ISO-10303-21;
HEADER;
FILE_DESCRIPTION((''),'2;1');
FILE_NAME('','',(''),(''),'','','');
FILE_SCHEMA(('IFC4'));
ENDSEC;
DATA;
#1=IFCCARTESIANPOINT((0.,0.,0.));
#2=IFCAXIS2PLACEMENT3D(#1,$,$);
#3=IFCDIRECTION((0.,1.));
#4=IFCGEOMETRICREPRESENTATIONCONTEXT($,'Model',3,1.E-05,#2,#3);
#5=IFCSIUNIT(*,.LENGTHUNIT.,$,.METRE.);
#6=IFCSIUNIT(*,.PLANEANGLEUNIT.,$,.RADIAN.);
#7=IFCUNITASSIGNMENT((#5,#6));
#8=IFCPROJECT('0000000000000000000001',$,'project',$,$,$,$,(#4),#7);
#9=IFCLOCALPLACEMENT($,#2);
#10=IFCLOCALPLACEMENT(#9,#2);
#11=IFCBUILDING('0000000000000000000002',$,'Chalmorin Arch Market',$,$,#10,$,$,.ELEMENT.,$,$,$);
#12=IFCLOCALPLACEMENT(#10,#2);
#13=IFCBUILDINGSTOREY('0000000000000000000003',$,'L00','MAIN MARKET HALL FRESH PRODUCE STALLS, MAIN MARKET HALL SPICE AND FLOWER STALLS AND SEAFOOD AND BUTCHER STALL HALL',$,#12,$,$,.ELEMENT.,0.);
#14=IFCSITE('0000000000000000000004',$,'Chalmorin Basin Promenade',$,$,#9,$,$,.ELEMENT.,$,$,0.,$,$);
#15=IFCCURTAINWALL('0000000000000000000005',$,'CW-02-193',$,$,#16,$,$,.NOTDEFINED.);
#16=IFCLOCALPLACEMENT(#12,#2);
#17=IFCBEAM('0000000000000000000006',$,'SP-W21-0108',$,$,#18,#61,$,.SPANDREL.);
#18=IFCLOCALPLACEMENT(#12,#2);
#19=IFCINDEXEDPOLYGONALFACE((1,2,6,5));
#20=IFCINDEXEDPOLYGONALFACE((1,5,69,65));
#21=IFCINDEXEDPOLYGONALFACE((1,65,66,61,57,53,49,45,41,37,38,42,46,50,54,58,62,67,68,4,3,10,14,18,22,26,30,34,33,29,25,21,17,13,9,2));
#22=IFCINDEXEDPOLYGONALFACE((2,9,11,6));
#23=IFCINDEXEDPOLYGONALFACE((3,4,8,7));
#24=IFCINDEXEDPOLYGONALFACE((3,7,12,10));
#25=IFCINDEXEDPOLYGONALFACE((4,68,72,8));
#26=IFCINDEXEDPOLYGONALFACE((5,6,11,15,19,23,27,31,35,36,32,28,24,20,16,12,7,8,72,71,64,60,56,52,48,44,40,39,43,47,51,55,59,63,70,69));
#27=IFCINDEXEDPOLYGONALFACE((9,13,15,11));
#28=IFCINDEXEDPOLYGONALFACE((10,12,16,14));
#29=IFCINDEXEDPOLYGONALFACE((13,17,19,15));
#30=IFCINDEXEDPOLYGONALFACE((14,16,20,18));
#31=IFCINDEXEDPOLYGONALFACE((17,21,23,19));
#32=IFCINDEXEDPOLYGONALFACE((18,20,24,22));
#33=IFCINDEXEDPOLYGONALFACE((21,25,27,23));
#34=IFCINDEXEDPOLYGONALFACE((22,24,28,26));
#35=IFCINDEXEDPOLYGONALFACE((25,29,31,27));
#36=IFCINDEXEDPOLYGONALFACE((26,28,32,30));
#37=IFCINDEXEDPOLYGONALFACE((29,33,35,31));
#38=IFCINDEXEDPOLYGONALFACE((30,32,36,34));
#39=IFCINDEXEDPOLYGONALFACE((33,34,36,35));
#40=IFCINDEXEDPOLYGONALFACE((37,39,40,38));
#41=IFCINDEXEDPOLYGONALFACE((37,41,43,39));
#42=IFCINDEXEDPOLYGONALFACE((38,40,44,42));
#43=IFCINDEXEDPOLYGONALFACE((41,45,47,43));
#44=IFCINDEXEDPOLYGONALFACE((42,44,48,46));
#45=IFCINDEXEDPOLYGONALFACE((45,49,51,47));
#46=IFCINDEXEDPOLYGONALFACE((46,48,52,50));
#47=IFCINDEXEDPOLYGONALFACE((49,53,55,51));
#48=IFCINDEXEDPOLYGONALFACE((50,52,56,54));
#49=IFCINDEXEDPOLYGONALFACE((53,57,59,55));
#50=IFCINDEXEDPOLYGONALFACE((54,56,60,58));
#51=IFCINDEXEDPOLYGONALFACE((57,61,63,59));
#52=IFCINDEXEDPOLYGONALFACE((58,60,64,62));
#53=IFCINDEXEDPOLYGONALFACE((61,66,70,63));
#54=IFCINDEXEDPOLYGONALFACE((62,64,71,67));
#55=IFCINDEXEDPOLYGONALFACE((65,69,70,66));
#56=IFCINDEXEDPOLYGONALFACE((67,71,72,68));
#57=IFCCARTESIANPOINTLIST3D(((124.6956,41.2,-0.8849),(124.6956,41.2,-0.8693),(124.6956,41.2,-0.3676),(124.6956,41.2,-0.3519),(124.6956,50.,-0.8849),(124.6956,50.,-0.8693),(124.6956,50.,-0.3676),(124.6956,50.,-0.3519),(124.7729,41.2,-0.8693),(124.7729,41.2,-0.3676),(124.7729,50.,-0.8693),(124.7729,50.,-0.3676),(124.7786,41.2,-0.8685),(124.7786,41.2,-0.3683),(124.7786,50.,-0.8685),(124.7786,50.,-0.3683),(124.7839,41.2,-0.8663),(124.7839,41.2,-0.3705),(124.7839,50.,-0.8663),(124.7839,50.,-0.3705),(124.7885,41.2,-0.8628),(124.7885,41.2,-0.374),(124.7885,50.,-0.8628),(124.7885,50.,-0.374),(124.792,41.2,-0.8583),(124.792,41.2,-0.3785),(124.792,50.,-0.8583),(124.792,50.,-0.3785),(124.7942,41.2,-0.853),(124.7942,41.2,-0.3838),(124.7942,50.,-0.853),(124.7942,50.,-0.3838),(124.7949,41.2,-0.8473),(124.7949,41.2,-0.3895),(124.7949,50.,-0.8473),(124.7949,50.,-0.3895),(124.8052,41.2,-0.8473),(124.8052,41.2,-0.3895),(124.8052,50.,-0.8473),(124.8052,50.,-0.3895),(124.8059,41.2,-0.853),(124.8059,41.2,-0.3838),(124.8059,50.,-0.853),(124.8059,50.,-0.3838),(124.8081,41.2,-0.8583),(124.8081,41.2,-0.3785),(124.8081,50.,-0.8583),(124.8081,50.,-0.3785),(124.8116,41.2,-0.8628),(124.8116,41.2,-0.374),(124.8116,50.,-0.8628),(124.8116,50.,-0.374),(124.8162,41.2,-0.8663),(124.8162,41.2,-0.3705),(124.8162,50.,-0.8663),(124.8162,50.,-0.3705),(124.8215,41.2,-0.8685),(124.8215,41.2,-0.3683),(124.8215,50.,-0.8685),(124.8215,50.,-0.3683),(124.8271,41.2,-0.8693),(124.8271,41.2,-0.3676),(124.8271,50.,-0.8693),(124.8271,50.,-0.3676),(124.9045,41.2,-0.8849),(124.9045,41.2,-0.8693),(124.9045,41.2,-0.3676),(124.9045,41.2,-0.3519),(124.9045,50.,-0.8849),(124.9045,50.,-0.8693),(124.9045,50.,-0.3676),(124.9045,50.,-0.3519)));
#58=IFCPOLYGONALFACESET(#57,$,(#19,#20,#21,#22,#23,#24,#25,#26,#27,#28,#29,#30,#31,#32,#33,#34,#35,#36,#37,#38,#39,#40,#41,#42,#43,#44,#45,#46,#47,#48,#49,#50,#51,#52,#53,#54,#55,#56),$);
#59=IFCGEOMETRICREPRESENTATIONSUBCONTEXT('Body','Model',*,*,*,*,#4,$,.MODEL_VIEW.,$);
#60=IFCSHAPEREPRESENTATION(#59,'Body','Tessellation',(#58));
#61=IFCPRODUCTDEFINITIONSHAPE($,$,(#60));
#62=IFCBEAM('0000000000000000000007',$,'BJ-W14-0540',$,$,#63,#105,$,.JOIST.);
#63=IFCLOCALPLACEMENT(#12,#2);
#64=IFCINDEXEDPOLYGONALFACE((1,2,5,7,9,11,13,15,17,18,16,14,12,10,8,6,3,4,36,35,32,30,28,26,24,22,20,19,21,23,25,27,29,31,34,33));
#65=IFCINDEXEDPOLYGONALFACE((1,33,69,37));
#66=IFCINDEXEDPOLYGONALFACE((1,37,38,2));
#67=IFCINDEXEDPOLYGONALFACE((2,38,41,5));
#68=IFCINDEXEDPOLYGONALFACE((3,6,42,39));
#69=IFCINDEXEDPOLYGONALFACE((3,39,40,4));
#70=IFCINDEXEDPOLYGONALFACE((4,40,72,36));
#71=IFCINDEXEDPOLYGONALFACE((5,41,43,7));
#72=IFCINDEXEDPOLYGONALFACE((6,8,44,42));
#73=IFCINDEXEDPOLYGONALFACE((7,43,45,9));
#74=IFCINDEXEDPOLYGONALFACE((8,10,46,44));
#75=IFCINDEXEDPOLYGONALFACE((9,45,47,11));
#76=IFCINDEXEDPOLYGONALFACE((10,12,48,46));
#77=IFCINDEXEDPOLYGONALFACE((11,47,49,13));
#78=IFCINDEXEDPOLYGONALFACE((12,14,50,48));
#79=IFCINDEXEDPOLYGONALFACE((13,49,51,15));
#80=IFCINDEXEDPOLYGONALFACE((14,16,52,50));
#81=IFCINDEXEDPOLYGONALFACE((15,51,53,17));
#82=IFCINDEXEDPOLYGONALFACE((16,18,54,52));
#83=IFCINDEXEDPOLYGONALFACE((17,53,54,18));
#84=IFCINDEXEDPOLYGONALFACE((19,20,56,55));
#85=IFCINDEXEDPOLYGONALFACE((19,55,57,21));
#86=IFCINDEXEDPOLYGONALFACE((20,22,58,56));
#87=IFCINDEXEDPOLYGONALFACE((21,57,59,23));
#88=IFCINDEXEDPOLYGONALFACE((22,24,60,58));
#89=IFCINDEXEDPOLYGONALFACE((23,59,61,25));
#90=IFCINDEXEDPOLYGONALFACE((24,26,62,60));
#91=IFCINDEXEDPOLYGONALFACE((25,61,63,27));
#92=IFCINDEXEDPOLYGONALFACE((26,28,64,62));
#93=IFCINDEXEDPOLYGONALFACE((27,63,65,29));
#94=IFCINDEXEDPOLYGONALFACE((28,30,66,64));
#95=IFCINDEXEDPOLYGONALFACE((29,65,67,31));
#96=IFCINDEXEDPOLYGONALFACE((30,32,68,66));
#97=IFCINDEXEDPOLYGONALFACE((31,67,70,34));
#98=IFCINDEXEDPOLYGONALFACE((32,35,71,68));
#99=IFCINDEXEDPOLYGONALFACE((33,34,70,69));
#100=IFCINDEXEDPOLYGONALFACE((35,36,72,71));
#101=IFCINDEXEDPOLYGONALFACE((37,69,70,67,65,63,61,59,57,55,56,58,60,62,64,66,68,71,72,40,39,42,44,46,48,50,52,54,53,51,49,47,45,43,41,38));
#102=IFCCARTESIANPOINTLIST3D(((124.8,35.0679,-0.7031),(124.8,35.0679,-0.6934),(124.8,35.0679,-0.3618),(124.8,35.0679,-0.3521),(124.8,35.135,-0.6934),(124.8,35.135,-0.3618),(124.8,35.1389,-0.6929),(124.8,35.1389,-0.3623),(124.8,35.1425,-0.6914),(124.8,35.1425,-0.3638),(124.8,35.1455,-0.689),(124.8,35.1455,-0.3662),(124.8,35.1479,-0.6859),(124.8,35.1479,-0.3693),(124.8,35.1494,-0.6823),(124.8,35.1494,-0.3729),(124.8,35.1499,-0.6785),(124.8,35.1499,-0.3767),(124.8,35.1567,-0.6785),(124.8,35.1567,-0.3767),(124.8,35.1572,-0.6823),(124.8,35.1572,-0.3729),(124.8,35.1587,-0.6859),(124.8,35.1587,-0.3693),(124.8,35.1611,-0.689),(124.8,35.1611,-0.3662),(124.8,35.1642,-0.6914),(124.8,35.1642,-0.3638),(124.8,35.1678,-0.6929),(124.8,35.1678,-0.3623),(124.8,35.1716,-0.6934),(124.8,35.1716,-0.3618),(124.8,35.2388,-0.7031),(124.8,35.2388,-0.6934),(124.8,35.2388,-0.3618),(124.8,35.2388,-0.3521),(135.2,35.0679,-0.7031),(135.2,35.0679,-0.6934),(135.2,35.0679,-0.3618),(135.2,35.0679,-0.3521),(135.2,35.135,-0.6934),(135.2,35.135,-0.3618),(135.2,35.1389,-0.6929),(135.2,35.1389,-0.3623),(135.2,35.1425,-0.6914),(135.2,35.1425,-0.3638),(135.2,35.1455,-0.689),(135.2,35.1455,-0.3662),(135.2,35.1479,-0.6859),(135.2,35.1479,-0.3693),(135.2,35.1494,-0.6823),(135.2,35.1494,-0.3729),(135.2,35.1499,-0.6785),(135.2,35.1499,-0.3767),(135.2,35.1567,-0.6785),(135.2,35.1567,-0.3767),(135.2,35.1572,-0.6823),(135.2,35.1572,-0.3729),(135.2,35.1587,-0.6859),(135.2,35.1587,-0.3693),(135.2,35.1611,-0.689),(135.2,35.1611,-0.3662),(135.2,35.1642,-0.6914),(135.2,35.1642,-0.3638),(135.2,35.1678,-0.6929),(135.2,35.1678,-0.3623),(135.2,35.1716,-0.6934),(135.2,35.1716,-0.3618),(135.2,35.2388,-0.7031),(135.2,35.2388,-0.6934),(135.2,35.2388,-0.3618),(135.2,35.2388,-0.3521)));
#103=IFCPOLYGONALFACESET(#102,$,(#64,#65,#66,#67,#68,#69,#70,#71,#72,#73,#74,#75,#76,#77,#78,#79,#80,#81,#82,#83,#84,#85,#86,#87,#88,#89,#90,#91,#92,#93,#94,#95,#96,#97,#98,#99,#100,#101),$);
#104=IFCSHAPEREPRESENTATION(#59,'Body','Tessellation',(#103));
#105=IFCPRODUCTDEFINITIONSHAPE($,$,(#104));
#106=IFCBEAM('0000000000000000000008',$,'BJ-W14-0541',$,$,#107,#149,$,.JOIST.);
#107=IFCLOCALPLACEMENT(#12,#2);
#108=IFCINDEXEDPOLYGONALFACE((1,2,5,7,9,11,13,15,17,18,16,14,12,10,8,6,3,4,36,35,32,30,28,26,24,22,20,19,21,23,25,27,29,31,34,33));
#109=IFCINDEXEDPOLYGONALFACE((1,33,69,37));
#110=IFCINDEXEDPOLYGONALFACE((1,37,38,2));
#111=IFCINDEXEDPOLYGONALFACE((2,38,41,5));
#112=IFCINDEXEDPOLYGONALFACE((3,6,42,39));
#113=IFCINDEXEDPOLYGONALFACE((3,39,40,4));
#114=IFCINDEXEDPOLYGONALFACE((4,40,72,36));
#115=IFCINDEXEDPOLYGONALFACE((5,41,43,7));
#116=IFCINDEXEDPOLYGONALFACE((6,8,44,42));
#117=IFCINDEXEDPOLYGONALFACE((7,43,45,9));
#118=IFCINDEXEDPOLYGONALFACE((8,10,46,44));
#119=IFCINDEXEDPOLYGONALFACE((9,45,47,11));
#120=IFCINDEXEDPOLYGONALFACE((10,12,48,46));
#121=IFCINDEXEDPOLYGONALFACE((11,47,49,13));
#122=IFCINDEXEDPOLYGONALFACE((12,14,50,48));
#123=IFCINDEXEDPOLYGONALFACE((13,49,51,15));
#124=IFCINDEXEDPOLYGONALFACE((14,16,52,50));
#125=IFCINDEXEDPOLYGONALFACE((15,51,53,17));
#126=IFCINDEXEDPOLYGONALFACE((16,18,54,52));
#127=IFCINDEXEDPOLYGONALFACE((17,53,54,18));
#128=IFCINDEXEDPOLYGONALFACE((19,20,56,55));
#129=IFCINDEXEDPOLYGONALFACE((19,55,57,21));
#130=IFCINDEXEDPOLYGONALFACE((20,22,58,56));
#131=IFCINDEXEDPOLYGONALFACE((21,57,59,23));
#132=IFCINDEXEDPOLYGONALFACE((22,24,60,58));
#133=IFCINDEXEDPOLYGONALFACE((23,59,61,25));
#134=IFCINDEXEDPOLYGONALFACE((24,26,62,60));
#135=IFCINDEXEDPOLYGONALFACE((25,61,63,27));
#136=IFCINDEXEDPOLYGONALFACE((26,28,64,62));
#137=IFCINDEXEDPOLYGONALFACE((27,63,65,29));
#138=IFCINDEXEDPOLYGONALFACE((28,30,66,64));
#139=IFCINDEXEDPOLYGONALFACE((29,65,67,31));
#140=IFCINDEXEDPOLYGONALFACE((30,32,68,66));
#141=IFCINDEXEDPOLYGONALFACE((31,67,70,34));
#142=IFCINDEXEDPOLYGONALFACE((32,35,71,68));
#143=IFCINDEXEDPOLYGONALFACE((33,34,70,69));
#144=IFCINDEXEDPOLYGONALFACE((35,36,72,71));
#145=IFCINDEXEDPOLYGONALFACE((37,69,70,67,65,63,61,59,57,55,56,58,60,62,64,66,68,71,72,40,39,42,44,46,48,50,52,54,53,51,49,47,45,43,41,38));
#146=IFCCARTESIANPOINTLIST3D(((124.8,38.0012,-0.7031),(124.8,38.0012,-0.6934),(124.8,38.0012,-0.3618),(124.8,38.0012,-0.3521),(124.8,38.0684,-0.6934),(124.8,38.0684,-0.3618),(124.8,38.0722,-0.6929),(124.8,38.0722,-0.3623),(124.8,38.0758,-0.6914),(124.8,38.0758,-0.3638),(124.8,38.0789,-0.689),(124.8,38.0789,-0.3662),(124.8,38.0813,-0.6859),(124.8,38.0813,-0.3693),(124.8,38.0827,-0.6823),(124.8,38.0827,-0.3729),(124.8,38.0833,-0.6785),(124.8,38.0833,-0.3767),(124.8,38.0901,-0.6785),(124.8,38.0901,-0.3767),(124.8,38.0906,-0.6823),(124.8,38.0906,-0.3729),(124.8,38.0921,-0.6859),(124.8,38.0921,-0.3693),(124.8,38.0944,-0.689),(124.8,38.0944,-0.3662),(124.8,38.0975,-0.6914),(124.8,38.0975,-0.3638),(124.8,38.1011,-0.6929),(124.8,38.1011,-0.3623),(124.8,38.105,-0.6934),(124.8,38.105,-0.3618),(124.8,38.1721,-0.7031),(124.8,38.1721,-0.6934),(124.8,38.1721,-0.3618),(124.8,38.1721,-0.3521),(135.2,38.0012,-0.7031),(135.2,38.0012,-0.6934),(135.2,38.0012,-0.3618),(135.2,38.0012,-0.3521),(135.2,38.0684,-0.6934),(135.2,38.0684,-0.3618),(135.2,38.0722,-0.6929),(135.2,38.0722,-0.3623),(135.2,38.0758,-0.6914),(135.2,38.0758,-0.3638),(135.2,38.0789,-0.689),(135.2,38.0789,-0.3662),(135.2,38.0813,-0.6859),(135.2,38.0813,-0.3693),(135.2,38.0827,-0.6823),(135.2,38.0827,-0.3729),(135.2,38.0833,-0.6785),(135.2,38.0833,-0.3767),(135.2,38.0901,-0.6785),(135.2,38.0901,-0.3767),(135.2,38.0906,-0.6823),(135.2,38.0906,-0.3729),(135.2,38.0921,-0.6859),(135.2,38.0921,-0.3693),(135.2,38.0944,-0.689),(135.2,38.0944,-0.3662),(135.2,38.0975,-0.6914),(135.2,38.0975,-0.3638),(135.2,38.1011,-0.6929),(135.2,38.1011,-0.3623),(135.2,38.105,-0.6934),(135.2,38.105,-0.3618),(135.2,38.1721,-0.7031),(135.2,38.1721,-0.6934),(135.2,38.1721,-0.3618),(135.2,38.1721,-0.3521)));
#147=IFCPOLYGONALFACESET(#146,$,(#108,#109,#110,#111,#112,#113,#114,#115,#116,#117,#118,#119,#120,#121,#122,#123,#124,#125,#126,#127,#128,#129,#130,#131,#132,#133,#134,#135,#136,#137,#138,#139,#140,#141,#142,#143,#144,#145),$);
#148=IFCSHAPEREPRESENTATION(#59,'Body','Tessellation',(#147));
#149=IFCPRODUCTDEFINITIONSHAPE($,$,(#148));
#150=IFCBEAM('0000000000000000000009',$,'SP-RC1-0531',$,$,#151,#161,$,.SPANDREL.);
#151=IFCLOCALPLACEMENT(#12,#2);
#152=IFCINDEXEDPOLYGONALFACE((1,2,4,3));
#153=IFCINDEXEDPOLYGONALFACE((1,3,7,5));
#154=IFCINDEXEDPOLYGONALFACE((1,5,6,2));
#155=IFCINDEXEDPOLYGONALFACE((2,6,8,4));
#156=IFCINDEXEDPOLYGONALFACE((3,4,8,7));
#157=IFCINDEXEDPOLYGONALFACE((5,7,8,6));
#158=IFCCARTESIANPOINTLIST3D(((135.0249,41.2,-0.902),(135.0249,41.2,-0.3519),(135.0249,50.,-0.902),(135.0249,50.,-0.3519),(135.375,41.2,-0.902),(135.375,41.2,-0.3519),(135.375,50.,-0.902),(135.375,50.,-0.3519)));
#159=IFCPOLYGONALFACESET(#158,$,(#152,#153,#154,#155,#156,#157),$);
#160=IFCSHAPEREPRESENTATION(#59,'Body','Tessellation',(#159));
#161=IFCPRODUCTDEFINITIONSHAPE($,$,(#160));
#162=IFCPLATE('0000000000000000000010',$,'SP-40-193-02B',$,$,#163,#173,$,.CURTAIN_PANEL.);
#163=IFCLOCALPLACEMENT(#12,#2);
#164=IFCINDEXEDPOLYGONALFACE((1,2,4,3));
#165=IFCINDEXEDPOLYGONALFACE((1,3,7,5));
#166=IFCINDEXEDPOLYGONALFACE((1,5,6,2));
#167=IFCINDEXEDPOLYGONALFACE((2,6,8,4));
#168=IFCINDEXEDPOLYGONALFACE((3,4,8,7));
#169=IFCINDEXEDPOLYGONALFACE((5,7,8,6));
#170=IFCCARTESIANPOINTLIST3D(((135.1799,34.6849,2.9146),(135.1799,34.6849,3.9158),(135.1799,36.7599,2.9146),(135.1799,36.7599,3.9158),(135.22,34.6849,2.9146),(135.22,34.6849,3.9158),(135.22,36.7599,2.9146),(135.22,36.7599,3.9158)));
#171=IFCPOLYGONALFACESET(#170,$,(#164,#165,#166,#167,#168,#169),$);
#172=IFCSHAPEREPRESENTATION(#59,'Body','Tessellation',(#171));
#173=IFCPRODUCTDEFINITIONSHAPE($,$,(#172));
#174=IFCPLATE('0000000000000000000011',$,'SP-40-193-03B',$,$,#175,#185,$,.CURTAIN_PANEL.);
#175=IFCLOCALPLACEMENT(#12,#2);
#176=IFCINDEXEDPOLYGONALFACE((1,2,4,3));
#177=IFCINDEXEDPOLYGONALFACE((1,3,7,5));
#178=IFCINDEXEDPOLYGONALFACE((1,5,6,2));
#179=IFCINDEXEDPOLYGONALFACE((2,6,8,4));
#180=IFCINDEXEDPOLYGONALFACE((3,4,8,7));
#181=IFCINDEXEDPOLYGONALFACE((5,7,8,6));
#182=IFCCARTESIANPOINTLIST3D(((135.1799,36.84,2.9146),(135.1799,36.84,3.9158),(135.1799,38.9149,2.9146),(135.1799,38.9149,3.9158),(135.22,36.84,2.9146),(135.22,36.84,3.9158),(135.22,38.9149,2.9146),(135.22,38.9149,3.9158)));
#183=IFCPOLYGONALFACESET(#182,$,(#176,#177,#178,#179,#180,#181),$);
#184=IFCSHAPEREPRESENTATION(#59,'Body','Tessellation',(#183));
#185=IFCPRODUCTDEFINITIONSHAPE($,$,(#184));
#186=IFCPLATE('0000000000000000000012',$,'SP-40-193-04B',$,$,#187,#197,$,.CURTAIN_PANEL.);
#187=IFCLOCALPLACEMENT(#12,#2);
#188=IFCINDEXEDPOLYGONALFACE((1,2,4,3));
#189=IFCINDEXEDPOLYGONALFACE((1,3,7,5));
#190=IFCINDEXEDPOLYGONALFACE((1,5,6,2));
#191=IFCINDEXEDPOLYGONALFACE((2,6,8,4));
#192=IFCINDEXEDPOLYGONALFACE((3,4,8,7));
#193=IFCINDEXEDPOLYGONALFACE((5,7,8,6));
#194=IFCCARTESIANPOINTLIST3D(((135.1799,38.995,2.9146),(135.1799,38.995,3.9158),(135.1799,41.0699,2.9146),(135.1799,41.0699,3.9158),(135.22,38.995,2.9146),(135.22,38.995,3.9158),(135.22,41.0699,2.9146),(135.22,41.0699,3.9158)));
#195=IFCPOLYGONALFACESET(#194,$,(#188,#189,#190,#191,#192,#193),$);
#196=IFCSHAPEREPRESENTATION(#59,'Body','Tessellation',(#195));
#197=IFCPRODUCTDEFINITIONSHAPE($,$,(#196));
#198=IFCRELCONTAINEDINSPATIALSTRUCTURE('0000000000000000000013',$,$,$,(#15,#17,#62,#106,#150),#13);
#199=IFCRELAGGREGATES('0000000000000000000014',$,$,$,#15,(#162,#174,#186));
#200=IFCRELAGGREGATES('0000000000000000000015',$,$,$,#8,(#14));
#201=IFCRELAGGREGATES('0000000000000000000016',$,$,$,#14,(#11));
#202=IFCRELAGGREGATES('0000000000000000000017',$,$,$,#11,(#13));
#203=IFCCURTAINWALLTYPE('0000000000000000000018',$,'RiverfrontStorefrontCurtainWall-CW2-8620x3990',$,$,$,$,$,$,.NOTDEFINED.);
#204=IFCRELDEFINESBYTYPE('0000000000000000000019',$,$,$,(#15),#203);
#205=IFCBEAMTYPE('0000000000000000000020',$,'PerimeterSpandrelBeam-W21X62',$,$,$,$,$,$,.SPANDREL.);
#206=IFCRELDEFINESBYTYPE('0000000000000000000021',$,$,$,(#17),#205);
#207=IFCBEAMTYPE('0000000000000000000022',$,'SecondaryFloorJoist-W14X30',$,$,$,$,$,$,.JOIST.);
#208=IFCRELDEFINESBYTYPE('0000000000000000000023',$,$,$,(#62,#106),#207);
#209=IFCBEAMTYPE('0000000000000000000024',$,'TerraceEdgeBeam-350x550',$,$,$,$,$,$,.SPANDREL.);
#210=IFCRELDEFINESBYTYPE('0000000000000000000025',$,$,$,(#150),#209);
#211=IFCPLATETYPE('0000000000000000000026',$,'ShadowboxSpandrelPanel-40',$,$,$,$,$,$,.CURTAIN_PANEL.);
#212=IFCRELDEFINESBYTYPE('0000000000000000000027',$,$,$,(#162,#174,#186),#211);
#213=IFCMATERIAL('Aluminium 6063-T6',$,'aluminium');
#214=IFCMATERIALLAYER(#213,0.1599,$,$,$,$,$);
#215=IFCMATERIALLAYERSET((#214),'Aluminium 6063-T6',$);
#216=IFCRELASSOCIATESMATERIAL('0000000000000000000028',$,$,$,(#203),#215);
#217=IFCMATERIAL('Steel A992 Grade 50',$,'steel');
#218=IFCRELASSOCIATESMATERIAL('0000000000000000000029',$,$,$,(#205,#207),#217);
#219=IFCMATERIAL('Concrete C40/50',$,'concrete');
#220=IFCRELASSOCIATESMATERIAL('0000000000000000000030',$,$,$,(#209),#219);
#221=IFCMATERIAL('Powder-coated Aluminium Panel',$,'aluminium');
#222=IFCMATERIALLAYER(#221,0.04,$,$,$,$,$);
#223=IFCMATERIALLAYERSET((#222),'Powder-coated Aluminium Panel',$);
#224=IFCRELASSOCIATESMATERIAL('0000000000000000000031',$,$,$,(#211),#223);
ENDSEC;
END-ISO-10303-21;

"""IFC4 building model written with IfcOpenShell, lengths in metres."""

from ifc_helpers import new_model, si_unit, direction, frame, origin, origin_2d, place, context, subcontext, project, spatial, rectangle, i_section, extrude, material, layer, layer_set, material_profile, profile_set, type_object, element, aggregate, save


model = new_model("IFC4")

# Units and contexts
model_context = context("Model", 3, precision=1e-05, world=origin(), true_north=direction((0.0, 1.0)))
body_context = subcontext(model_context, "Body", "Model", "MODEL_VIEW")
ifc_project = project(units=[si_unit("LENGTHUNIT", "METRE"), si_unit("PLANEANGLEUNIT", "RADIAN")], contexts=[model_context])

# Site, building, storey
site_placement = place(None, origin())
site = spatial("IfcSite", under=ifc_project, at=site_placement, Name="Chalmorin Basin Promenade", CompositionType="ELEMENT", RefElevation=0.0)
building_placement = place(site_placement, origin())
building = spatial("IfcBuilding", under=site, at=building_placement, Name="Chalmorin Arch Market", CompositionType="ELEMENT")
storey_placement = place(building_placement, origin())
storey = spatial("IfcBuildingStorey", under=building, at=storey_placement, Name="L00", Description="MAIN MARKET HALL FRESH PRODUCE STALLS, MAIN MARKET HALL SPICE AND FLOWER STALLS AND SEAFOOD AND BUTCHER STALL HALL", CompositionType="ELEMENT", Elevation=0.0)

# Shared definitions
ifc_material_1 = material(Name="Steel A992 Grade 50", Category="steel")

# Shared definitions
ifc_material_2 = material(Name="Concrete C40/50", Category="concrete")

# Curtain wall
ifc_material_3 = material(Name="Aluminium 6063-T6", Category="aluminium")
ifc_layer_1 = layer(ifc_material_3, 0.1599)
ifc_layer_set_1 = layer_set([ifc_layer_1], Name="Aluminium 6063-T6")
curtain_wall_type = type_object("IfcCurtainWallType", Name="RiverfrontStorefrontCurtainWall-CW2-8620x3990", PredefinedType="NOTDEFINED", material=ifc_layer_set_1)
curtain_wall_1_placement = place(storey_placement, origin())
curtain_wall_1 = element("IfcCurtainWall", 1, at=curtain_wall_1_placement, inside=storey, type_object=curtain_wall_type, Name="CW-02-193", PredefinedType="NOTDEFINED")

# Beams
ifc_material_profile_1 = material_profile(ifc_material_1, i_section(OverallWidth=0.209, OverallDepth=0.533, WebThickness=0.0103, FlangeThickness=0.0156, FilletRadius=0.022, at=origin_2d()), Name="W21X62")
ifc_profile_set_1 = profile_set([ifc_material_profile_1], Name="Steel A992 Grade 50")
beam_type_1 = type_object("IfcBeamType", Name="PerimeterSpandrelBeam-W21X62", PredefinedType="SPANDREL", material=ifc_profile_set_1)
beam_1_placement = place(storey_placement, frame((124.8, 41.2, -0.6184), z_axis=(0.0, 1.0, 0.0), x_axis=(-1.0, 0.0, 0.0)))
element("IfcBeam", 2, at=beam_1_placement, inside=storey, type_object=beam_type_1, Name="SP-W21-0108", PredefinedType="SPANDREL", context=body_context, shape_type="SweptSolid", body=[
    extrude(i_section(OverallWidth=0.209, OverallDepth=0.533, WebThickness=0.0103, FlangeThickness=0.0156, FilletRadius=0.022, at=origin_2d()), origin(), (0.0, 0.0, 1.0), 8.8),
])
ifc_material_profile_2 = material_profile(ifc_material_1, i_section(OverallWidth=0.1709, OverallDepth=0.3511, WebThickness=0.0068, FlangeThickness=0.0098, FilletRadius=0.0149, at=origin_2d()), Name="W14X30")
ifc_profile_set_2 = profile_set([ifc_material_profile_2], Name="Steel A992 Grade 50")
beam_type_2 = type_object("IfcBeamType", Name="SecondaryFloorJoist-W14X30", PredefinedType="JOIST", material=ifc_profile_set_2)
for number, where, z_axis, x_axis, name in (
    (3, (124.8, 35.1533, -0.5276), (1.0, 0.0, 0.0), (0.0, 1.0, 0.0), "BJ-W14-0540"),
    (4, (124.8, 38.0867, -0.5276), (1.0, 0.0, 0.0), (0.0, 1.0, 0.0), "BJ-W14-0541"),
):
    element("IfcBeam", number, at=place(storey_placement, frame(where, z_axis=z_axis, x_axis=x_axis)), inside=storey, type_object=beam_type_2, Name=name, PredefinedType="JOIST", context=body_context, shape_type="SweptSolid", body=[
        extrude(i_section(OverallWidth=0.1709, OverallDepth=0.3511, WebThickness=0.0068, FlangeThickness=0.0098, FilletRadius=0.0149, at=origin_2d()), origin(), (0.0, 0.0, 1.0), 10.3999),
    ])
ifc_material_profile_3 = material_profile(ifc_material_2, rectangle(XDim=0.3501, YDim=0.55, at=origin_2d()), Name="RC350X550")
ifc_profile_set_3 = profile_set([ifc_material_profile_3], Name="Concrete C40/50")
beam_type_3 = type_object("IfcBeamType", Name="TerraceEdgeBeam-350x550", PredefinedType="SPANDREL", material=ifc_profile_set_3)
beam_2_placement = place(storey_placement, frame((135.2, 41.2, -0.627), z_axis=(0.0, 1.0, 0.0), x_axis=(-1.0, 0.0, 0.0)))
element("IfcBeam", 5, at=beam_2_placement, inside=storey, type_object=beam_type_3, Name="SP-RC1-0531", PredefinedType="SPANDREL", context=body_context, shape_type="SweptSolid", body=[
    extrude(rectangle(XDim=0.3501, YDim=0.55, at=origin_2d()), origin(), (0.0, 0.0, 1.0), 8.8),
])

# Plates
ifc_material_4 = material(Name="Powder-coated Aluminium Panel", Category="aluminium")
ifc_layer_2 = layer(ifc_material_4, 0.04)
ifc_layer_set_2 = layer_set([ifc_layer_2], Name="Powder-coated Aluminium Panel")
plate_type_1 = type_object("IfcPlateType", Name="ShadowboxSpandrelPanel-40", PredefinedType="CURTAIN_PANEL", material=ifc_layer_set_2)
plate_1_placement = place(storey_placement, frame((135.2, 35.7224, 2.9146), z_axis=(0.0, 0.0, 1.0), x_axis=(0.0, 1.0, 0.0)))
plate_1 = element("IfcPlate", 6, at=plate_1_placement, type_object=plate_type_1, Name="SP-40-193-02B", PredefinedType="CURTAIN_PANEL", context=body_context, shape_type="SweptSolid", body=[
    extrude(rectangle(XDim=2.075, YDim=0.04, at=origin_2d()), origin(), (0.0, 0.0, 1.0), 1.0012),
])
plate_2_placement = place(storey_placement, frame((135.2, 37.8774, 2.9146), z_axis=(0.0, 0.0, 1.0), x_axis=(0.0, 1.0, 0.0)))
plate_2 = element("IfcPlate", 7, at=plate_2_placement, type_object=plate_type_1, Name="SP-40-193-03B", PredefinedType="CURTAIN_PANEL", context=body_context, shape_type="SweptSolid", body=[
    extrude(rectangle(XDim=2.075, YDim=0.04, at=origin_2d()), origin(), (0.0, 0.0, 1.0), 1.0012),
])
plate_3_placement = place(storey_placement, frame((135.2, 40.0325, 2.9146), z_axis=(0.0, 0.0, 1.0), x_axis=(0.0, 1.0, 0.0)))
plate_3 = element("IfcPlate", 8, at=plate_3_placement, type_object=plate_type_1, Name="SP-40-193-04B", PredefinedType="CURTAIN_PANEL", context=body_context, shape_type="SweptSolid", body=[
    extrude(rectangle(XDim=2.075, YDim=0.04, at=origin_2d()), origin(), (0.0, 0.0, 1.0), 1.0012),
])
aggregate(curtain_wall_1, [plate_1, plate_2, plate_3])

save(model, "model.ifc")
